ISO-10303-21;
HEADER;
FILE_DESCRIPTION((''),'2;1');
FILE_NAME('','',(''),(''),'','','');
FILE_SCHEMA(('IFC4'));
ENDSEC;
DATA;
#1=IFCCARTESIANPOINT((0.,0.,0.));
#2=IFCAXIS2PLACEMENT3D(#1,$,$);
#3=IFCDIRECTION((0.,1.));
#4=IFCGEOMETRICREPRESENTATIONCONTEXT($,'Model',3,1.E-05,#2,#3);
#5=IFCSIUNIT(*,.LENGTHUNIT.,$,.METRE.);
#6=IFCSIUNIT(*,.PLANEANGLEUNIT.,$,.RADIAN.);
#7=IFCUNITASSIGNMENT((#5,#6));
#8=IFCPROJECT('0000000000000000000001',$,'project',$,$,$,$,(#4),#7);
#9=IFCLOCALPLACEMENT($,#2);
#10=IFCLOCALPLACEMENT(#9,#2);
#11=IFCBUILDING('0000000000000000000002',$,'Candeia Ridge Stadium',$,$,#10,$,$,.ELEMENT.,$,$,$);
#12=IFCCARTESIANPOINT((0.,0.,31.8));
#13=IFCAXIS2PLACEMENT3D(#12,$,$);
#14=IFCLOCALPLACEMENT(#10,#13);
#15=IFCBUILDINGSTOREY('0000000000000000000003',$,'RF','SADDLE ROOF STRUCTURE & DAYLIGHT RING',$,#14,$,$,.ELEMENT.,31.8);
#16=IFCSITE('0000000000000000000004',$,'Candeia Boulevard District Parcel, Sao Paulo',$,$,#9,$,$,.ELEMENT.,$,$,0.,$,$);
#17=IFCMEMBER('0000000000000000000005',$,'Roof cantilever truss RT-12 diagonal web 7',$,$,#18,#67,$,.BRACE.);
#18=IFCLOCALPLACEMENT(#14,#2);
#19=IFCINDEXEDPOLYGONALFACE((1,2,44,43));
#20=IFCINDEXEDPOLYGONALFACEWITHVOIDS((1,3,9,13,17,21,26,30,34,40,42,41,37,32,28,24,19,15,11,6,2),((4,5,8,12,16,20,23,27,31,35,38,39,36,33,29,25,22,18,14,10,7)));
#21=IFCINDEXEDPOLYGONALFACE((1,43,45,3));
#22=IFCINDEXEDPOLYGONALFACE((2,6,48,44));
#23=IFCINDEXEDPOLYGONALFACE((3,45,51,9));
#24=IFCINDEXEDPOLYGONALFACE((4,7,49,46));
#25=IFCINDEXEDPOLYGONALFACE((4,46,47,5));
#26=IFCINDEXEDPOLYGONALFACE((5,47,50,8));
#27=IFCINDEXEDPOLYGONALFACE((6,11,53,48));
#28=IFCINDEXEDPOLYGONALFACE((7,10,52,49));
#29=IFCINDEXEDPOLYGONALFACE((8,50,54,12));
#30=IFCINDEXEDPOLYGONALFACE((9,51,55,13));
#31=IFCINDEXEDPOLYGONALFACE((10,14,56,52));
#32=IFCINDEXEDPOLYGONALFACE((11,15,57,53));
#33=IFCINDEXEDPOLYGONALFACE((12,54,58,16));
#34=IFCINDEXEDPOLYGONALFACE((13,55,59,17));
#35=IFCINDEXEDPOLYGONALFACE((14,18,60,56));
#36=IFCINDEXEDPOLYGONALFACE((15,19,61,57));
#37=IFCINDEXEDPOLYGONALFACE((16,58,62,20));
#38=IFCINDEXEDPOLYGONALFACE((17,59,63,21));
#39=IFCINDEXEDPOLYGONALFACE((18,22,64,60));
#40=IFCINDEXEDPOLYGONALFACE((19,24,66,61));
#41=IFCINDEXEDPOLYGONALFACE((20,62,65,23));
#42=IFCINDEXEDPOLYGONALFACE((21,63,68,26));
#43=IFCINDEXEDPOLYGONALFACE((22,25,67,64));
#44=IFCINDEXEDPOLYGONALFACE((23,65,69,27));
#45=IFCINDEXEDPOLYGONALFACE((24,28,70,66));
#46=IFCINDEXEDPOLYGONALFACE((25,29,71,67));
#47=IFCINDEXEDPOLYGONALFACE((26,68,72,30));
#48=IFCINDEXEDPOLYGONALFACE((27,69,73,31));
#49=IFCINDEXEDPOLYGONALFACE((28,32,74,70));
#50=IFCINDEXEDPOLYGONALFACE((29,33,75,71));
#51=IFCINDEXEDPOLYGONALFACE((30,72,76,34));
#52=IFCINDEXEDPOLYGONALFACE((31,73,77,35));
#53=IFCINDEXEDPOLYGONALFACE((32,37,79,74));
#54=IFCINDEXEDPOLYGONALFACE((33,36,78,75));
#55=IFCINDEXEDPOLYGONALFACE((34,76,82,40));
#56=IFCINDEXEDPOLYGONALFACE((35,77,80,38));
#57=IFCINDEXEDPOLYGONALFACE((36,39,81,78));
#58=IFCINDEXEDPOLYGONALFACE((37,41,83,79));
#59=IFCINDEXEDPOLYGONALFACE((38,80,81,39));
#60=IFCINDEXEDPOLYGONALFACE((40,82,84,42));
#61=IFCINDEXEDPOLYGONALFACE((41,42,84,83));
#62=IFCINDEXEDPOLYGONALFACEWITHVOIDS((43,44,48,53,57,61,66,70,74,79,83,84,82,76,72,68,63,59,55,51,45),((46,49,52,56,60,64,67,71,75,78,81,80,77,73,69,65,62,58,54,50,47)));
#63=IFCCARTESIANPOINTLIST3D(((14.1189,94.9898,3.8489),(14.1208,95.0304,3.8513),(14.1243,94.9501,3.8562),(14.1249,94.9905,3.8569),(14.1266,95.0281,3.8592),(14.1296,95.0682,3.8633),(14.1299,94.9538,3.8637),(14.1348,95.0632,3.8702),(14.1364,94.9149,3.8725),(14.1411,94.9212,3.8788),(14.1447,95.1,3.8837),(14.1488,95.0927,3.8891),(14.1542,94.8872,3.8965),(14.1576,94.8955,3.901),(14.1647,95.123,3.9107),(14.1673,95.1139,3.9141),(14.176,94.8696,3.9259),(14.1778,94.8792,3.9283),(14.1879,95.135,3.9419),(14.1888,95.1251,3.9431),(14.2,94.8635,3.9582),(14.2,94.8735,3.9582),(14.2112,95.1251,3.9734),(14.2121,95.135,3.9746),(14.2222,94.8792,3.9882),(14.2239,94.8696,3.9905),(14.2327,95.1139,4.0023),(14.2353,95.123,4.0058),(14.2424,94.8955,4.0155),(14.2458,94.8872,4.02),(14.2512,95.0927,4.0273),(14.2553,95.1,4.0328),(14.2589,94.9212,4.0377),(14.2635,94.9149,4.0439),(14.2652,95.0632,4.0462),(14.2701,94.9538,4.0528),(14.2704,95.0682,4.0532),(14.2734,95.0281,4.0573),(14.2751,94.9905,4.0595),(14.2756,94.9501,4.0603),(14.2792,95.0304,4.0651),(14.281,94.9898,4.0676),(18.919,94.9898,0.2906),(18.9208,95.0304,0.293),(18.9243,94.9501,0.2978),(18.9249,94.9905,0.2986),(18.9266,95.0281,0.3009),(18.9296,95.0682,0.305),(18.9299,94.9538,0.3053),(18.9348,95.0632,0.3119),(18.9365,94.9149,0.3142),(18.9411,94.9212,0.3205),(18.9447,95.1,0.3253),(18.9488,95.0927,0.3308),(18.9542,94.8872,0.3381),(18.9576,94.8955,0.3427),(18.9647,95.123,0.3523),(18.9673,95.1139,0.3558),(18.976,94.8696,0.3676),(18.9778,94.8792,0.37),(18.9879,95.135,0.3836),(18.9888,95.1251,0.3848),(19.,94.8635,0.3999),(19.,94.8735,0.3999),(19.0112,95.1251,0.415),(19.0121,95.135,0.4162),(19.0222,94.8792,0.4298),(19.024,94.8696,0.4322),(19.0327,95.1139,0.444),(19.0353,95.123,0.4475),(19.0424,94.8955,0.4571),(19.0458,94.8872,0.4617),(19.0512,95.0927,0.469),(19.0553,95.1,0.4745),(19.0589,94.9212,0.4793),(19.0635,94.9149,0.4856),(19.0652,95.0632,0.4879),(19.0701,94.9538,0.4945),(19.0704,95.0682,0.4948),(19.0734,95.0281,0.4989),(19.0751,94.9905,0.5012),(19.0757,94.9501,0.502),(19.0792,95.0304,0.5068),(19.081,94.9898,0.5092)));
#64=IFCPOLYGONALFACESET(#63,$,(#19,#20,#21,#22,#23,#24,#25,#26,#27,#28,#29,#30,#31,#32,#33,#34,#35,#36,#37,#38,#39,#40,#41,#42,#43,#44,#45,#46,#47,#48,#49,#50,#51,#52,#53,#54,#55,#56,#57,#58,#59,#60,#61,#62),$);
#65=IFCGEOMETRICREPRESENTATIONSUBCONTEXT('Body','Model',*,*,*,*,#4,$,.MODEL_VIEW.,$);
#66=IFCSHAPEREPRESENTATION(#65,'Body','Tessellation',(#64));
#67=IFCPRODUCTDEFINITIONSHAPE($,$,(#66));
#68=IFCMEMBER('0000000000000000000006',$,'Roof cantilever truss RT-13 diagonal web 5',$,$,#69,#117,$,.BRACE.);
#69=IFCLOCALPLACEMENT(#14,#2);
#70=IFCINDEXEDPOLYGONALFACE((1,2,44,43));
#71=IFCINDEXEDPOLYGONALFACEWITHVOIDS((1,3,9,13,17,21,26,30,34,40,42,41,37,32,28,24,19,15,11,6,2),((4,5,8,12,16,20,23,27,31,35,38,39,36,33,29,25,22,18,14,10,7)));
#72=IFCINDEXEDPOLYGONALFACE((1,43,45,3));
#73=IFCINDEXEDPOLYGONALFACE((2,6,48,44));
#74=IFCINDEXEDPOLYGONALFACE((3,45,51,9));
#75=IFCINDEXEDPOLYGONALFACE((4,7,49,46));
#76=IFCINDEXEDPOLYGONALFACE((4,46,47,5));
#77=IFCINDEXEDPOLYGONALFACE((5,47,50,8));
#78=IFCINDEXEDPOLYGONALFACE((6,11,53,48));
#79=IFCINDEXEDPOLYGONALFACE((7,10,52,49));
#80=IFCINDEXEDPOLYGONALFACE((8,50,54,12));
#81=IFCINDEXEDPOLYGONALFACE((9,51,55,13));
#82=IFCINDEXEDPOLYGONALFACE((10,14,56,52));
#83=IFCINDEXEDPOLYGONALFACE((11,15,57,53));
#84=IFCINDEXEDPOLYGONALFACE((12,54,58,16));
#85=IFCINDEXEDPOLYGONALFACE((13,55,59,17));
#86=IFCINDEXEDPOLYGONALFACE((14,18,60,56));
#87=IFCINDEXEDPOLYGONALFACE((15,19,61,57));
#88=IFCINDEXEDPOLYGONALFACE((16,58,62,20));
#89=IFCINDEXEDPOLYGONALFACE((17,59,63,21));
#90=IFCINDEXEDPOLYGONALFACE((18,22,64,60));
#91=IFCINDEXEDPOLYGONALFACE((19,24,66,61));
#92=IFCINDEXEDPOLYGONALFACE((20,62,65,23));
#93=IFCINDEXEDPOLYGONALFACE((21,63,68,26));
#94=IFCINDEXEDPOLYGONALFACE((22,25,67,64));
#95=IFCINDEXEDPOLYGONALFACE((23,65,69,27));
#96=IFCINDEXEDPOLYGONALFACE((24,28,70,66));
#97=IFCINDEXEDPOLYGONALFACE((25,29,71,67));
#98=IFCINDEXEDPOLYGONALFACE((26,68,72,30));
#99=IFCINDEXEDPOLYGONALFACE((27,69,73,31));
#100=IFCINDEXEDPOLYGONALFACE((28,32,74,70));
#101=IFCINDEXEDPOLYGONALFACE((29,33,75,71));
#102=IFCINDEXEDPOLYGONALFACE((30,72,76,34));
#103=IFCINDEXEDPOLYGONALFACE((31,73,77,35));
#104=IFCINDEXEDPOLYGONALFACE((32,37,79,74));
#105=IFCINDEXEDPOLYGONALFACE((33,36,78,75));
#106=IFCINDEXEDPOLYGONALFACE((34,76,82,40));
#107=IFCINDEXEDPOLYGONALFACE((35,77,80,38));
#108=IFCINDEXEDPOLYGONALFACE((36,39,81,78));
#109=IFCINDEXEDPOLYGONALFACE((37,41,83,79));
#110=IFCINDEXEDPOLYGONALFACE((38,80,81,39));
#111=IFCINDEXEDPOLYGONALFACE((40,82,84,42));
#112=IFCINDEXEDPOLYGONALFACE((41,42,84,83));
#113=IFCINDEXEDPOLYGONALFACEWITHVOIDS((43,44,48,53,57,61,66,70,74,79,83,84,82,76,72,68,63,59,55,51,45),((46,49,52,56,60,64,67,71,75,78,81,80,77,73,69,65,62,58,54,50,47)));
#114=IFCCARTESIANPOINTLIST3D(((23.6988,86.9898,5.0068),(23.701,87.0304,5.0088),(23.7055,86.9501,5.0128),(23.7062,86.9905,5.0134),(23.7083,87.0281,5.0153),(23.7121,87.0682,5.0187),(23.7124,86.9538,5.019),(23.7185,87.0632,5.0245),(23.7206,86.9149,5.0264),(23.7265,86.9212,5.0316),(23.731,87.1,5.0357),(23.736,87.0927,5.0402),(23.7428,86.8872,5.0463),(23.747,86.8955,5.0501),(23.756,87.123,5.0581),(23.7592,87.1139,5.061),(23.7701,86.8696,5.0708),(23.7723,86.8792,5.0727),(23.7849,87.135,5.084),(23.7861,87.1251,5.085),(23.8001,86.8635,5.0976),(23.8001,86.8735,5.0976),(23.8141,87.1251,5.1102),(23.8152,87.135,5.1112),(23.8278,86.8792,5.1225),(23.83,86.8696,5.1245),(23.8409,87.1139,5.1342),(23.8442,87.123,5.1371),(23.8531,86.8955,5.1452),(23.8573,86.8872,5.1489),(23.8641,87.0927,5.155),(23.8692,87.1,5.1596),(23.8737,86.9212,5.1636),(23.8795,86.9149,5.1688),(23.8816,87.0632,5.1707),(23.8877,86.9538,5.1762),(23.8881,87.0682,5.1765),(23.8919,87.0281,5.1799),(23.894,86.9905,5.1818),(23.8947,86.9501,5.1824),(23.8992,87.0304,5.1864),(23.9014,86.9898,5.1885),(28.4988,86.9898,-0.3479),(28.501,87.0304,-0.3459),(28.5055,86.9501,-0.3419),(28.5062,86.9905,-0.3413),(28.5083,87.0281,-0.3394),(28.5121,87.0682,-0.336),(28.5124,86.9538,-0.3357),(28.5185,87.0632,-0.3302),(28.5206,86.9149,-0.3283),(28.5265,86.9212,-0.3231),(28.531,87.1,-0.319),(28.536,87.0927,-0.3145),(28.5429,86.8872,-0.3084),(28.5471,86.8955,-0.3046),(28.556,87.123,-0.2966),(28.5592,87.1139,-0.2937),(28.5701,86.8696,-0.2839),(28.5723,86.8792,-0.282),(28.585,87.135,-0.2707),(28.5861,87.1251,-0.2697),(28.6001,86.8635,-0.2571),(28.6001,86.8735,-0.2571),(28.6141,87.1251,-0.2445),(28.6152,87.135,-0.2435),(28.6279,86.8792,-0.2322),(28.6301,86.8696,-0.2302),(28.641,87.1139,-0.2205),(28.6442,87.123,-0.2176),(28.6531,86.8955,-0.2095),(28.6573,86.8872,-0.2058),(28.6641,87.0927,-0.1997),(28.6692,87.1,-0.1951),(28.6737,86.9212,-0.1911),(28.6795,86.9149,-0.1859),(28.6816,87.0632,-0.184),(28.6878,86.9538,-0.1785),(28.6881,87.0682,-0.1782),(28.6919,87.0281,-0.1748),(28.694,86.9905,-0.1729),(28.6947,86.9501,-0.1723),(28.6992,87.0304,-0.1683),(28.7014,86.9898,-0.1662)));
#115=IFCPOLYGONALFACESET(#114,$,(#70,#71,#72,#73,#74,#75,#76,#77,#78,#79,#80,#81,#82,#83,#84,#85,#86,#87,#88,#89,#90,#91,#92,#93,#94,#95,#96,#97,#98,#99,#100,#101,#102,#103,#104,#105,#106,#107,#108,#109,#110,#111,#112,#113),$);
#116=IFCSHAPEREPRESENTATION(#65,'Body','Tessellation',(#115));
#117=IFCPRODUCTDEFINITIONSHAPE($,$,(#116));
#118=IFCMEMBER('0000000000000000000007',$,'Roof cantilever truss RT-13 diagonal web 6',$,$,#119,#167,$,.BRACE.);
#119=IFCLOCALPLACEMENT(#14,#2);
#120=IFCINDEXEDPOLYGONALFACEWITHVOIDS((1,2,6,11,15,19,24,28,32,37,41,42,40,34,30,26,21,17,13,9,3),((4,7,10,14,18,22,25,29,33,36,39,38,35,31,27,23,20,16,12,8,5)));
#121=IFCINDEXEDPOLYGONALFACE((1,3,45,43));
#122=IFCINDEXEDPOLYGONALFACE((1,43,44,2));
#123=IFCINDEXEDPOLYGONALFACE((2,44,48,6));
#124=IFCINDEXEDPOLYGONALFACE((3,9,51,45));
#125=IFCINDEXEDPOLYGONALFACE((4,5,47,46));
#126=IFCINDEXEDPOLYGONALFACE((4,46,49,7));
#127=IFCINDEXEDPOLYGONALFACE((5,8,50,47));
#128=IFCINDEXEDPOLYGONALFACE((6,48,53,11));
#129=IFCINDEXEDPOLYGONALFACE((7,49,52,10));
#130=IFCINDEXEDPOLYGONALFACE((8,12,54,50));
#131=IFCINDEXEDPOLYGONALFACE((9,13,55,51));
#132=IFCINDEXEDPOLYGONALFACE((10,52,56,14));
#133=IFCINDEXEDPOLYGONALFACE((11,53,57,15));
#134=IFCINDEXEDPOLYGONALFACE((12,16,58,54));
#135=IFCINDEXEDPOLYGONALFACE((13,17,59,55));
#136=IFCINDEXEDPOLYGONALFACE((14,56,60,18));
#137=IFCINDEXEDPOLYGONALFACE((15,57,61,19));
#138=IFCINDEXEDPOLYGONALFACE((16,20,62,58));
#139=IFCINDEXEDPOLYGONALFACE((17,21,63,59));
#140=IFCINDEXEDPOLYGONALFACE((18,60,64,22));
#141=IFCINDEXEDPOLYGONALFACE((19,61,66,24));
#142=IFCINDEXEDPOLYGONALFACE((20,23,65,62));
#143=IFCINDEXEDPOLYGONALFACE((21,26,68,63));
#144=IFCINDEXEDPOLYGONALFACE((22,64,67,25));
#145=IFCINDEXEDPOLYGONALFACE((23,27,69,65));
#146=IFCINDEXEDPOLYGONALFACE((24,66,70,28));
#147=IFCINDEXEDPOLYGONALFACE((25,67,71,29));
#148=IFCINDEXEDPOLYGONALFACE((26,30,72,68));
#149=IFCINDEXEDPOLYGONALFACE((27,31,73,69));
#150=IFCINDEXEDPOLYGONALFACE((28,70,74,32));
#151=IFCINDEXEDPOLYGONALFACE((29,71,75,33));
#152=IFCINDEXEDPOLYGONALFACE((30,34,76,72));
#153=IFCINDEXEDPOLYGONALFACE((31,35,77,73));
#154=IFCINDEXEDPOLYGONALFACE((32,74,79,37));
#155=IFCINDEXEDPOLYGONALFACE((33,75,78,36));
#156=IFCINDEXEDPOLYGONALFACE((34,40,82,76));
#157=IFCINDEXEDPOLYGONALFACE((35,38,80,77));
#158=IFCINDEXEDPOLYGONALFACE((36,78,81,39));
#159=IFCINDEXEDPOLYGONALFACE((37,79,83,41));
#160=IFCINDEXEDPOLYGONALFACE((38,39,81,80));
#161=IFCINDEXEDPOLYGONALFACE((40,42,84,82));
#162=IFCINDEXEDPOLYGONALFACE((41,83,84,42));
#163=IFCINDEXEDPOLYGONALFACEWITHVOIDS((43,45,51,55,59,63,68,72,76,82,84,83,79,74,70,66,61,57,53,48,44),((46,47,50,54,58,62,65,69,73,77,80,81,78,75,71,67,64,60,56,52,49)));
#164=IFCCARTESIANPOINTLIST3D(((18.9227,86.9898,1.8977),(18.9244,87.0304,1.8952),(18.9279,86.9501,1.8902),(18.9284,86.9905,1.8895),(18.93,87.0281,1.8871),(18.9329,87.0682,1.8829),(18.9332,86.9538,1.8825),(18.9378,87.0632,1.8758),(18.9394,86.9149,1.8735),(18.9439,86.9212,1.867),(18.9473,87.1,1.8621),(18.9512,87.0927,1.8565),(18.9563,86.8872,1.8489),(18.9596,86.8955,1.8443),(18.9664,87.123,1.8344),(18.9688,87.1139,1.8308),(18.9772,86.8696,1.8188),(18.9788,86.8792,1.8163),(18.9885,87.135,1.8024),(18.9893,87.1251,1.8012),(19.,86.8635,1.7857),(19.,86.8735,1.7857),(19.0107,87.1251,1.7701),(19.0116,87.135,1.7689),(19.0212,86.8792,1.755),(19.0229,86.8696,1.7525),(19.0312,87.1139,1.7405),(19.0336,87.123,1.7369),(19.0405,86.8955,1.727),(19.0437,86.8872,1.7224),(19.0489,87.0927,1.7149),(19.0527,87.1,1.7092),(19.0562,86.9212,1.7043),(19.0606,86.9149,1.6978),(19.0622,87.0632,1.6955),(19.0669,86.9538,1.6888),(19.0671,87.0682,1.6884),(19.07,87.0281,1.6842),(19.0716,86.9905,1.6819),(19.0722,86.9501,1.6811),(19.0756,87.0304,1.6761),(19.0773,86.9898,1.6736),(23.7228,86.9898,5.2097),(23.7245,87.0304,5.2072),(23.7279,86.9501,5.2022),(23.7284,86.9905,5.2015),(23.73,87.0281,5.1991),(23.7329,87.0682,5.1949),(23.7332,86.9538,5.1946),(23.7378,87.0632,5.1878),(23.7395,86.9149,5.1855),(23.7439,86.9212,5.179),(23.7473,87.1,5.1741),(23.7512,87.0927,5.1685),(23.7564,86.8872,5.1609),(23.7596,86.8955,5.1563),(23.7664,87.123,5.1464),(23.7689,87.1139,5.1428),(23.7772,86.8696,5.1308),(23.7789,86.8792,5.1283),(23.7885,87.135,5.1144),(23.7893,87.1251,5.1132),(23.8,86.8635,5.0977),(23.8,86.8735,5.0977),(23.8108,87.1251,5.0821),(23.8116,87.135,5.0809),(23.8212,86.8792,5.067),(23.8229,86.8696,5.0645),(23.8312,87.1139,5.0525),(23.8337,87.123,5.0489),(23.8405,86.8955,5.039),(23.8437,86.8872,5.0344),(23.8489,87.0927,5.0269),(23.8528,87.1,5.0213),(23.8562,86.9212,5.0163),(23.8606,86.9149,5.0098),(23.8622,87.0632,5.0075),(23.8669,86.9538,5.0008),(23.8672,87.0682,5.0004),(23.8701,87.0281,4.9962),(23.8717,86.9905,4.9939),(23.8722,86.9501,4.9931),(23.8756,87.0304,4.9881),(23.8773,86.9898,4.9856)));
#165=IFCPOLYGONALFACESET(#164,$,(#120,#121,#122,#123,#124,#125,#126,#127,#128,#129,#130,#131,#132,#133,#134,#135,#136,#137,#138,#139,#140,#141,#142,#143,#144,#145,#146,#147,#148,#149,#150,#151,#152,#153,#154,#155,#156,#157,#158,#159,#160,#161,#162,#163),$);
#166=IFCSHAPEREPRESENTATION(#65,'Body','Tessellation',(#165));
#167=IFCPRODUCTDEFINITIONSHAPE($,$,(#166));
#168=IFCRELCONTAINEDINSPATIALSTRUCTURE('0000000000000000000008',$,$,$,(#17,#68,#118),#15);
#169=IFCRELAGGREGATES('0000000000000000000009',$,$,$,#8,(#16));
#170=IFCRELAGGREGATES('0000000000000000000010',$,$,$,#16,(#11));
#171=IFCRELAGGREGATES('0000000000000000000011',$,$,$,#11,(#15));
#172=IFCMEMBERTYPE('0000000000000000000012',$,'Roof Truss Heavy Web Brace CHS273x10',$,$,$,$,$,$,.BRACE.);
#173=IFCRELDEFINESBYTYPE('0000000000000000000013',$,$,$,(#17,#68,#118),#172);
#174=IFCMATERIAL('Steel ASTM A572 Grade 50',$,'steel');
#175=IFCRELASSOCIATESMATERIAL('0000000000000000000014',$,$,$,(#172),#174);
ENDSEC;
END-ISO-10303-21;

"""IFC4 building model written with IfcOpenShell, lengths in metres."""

from ifc_helpers import new_model, si_unit, direction, frame, origin, origin_2d, place, context, subcontext, project, spatial, hollow_circle, extrude, material, material_profile, profile_set, type_object, element, save


model = new_model("IFC4")

# Units and contexts
model_context = context("Model", 3, precision=1e-05, world=origin(), true_north=direction((0.0, 1.0)))
body_context = subcontext(model_context, "Body", "Model", "MODEL_VIEW")
ifc_project = project(units=[si_unit("LENGTHUNIT", "METRE"), si_unit("PLANEANGLEUNIT", "RADIAN")], contexts=[model_context])

# Site, building, storey
site_placement = place(None, origin())
site = spatial("IfcSite", under=ifc_project, at=site_placement, Name="Candeia Boulevard District Parcel, Sao Paulo", CompositionType="ELEMENT", RefElevation=0.0)
building_placement = place(site_placement, origin())
building = spatial("IfcBuilding", under=site, at=building_placement, Name="Candeia Ridge Stadium", CompositionType="ELEMENT")
storey_placement = place(building_placement, frame((0.0, 0.0, 31.8)))
storey = spatial("IfcBuildingStorey", under=building, at=storey_placement, Name="RF", Description="SADDLE ROOF STRUCTURE & DAYLIGHT RING", CompositionType="ELEMENT", Elevation=31.8)

# Shared definitions
ifc_material_1 = material(Name="Steel ASTM A572 Grade 50", Category="steel")

# Members
ifc_material_profile_1 = material_profile(ifc_material_1, hollow_circle(Radius=0.1365, WallThickness=0.01, at=origin_2d()), Name="CHS273x10", Category="steel")
ifc_profile_set_1 = profile_set([ifc_material_profile_1], Name="Steel ASTM A572 Grade 50")
member_type_1 = type_object("IfcMemberType", Name="Roof Truss Heavy Web Brace CHS273x10", PredefinedType="BRACE", material=ifc_profile_set_1)
member_1_placement = place(storey_placement, frame((19.0, 95.0, 0.3999), z_axis=(-0.803336, 0.0, 0.595526), x_axis=(0.0, -1.0, 0.0)))
element("IfcMember", 1, at=member_1_placement, inside=storey, type_object=member_type_1, Name="Roof cantilever truss RT-12 diagonal web 7", PredefinedType="BRACE", context=body_context, shape_type="SweptSolid", body=[
    extrude(hollow_circle(Radius=0.1365, WallThickness=0.01, at=origin_2d()), origin(), (0.0, 0.0, 1.0), 5.9751),
])
member_2_placement = place(storey_placement, frame((28.6001, 87.0, -0.2571), z_axis=(-0.667487, 0.0, 0.744621), x_axis=(0.0, -1.0, 0.0)))
element("IfcMember", 2, at=member_2_placement, inside=storey, type_object=member_type_1, Name="Roof cantilever truss RT-13 diagonal web 5", PredefinedType="BRACE", context=body_context, shape_type="SweptSolid", body=[
    extrude(hollow_circle(Radius=0.1365, WallThickness=0.01, at=origin_2d()), origin(), (0.0, 0.0, 1.0), 7.1912),
])
member_3_placement = place(storey_placement, frame((23.8, 87.0, 5.0977), z_axis=(-0.823082, 0.0, -0.567923), x_axis=(0.0, -1.0, 0.0)))
element("IfcMember", 3, at=member_3_placement, inside=storey, type_object=member_type_1, Name="Roof cantilever truss RT-13 diagonal web 6", PredefinedType="BRACE", context=body_context, shape_type="SweptSolid", body=[
    extrude(hollow_circle(Radius=0.1365, WallThickness=0.01, at=origin_2d()), origin(), (0.0, 0.0, 1.0), 5.8318),
])

save(model, "model.ifc")
